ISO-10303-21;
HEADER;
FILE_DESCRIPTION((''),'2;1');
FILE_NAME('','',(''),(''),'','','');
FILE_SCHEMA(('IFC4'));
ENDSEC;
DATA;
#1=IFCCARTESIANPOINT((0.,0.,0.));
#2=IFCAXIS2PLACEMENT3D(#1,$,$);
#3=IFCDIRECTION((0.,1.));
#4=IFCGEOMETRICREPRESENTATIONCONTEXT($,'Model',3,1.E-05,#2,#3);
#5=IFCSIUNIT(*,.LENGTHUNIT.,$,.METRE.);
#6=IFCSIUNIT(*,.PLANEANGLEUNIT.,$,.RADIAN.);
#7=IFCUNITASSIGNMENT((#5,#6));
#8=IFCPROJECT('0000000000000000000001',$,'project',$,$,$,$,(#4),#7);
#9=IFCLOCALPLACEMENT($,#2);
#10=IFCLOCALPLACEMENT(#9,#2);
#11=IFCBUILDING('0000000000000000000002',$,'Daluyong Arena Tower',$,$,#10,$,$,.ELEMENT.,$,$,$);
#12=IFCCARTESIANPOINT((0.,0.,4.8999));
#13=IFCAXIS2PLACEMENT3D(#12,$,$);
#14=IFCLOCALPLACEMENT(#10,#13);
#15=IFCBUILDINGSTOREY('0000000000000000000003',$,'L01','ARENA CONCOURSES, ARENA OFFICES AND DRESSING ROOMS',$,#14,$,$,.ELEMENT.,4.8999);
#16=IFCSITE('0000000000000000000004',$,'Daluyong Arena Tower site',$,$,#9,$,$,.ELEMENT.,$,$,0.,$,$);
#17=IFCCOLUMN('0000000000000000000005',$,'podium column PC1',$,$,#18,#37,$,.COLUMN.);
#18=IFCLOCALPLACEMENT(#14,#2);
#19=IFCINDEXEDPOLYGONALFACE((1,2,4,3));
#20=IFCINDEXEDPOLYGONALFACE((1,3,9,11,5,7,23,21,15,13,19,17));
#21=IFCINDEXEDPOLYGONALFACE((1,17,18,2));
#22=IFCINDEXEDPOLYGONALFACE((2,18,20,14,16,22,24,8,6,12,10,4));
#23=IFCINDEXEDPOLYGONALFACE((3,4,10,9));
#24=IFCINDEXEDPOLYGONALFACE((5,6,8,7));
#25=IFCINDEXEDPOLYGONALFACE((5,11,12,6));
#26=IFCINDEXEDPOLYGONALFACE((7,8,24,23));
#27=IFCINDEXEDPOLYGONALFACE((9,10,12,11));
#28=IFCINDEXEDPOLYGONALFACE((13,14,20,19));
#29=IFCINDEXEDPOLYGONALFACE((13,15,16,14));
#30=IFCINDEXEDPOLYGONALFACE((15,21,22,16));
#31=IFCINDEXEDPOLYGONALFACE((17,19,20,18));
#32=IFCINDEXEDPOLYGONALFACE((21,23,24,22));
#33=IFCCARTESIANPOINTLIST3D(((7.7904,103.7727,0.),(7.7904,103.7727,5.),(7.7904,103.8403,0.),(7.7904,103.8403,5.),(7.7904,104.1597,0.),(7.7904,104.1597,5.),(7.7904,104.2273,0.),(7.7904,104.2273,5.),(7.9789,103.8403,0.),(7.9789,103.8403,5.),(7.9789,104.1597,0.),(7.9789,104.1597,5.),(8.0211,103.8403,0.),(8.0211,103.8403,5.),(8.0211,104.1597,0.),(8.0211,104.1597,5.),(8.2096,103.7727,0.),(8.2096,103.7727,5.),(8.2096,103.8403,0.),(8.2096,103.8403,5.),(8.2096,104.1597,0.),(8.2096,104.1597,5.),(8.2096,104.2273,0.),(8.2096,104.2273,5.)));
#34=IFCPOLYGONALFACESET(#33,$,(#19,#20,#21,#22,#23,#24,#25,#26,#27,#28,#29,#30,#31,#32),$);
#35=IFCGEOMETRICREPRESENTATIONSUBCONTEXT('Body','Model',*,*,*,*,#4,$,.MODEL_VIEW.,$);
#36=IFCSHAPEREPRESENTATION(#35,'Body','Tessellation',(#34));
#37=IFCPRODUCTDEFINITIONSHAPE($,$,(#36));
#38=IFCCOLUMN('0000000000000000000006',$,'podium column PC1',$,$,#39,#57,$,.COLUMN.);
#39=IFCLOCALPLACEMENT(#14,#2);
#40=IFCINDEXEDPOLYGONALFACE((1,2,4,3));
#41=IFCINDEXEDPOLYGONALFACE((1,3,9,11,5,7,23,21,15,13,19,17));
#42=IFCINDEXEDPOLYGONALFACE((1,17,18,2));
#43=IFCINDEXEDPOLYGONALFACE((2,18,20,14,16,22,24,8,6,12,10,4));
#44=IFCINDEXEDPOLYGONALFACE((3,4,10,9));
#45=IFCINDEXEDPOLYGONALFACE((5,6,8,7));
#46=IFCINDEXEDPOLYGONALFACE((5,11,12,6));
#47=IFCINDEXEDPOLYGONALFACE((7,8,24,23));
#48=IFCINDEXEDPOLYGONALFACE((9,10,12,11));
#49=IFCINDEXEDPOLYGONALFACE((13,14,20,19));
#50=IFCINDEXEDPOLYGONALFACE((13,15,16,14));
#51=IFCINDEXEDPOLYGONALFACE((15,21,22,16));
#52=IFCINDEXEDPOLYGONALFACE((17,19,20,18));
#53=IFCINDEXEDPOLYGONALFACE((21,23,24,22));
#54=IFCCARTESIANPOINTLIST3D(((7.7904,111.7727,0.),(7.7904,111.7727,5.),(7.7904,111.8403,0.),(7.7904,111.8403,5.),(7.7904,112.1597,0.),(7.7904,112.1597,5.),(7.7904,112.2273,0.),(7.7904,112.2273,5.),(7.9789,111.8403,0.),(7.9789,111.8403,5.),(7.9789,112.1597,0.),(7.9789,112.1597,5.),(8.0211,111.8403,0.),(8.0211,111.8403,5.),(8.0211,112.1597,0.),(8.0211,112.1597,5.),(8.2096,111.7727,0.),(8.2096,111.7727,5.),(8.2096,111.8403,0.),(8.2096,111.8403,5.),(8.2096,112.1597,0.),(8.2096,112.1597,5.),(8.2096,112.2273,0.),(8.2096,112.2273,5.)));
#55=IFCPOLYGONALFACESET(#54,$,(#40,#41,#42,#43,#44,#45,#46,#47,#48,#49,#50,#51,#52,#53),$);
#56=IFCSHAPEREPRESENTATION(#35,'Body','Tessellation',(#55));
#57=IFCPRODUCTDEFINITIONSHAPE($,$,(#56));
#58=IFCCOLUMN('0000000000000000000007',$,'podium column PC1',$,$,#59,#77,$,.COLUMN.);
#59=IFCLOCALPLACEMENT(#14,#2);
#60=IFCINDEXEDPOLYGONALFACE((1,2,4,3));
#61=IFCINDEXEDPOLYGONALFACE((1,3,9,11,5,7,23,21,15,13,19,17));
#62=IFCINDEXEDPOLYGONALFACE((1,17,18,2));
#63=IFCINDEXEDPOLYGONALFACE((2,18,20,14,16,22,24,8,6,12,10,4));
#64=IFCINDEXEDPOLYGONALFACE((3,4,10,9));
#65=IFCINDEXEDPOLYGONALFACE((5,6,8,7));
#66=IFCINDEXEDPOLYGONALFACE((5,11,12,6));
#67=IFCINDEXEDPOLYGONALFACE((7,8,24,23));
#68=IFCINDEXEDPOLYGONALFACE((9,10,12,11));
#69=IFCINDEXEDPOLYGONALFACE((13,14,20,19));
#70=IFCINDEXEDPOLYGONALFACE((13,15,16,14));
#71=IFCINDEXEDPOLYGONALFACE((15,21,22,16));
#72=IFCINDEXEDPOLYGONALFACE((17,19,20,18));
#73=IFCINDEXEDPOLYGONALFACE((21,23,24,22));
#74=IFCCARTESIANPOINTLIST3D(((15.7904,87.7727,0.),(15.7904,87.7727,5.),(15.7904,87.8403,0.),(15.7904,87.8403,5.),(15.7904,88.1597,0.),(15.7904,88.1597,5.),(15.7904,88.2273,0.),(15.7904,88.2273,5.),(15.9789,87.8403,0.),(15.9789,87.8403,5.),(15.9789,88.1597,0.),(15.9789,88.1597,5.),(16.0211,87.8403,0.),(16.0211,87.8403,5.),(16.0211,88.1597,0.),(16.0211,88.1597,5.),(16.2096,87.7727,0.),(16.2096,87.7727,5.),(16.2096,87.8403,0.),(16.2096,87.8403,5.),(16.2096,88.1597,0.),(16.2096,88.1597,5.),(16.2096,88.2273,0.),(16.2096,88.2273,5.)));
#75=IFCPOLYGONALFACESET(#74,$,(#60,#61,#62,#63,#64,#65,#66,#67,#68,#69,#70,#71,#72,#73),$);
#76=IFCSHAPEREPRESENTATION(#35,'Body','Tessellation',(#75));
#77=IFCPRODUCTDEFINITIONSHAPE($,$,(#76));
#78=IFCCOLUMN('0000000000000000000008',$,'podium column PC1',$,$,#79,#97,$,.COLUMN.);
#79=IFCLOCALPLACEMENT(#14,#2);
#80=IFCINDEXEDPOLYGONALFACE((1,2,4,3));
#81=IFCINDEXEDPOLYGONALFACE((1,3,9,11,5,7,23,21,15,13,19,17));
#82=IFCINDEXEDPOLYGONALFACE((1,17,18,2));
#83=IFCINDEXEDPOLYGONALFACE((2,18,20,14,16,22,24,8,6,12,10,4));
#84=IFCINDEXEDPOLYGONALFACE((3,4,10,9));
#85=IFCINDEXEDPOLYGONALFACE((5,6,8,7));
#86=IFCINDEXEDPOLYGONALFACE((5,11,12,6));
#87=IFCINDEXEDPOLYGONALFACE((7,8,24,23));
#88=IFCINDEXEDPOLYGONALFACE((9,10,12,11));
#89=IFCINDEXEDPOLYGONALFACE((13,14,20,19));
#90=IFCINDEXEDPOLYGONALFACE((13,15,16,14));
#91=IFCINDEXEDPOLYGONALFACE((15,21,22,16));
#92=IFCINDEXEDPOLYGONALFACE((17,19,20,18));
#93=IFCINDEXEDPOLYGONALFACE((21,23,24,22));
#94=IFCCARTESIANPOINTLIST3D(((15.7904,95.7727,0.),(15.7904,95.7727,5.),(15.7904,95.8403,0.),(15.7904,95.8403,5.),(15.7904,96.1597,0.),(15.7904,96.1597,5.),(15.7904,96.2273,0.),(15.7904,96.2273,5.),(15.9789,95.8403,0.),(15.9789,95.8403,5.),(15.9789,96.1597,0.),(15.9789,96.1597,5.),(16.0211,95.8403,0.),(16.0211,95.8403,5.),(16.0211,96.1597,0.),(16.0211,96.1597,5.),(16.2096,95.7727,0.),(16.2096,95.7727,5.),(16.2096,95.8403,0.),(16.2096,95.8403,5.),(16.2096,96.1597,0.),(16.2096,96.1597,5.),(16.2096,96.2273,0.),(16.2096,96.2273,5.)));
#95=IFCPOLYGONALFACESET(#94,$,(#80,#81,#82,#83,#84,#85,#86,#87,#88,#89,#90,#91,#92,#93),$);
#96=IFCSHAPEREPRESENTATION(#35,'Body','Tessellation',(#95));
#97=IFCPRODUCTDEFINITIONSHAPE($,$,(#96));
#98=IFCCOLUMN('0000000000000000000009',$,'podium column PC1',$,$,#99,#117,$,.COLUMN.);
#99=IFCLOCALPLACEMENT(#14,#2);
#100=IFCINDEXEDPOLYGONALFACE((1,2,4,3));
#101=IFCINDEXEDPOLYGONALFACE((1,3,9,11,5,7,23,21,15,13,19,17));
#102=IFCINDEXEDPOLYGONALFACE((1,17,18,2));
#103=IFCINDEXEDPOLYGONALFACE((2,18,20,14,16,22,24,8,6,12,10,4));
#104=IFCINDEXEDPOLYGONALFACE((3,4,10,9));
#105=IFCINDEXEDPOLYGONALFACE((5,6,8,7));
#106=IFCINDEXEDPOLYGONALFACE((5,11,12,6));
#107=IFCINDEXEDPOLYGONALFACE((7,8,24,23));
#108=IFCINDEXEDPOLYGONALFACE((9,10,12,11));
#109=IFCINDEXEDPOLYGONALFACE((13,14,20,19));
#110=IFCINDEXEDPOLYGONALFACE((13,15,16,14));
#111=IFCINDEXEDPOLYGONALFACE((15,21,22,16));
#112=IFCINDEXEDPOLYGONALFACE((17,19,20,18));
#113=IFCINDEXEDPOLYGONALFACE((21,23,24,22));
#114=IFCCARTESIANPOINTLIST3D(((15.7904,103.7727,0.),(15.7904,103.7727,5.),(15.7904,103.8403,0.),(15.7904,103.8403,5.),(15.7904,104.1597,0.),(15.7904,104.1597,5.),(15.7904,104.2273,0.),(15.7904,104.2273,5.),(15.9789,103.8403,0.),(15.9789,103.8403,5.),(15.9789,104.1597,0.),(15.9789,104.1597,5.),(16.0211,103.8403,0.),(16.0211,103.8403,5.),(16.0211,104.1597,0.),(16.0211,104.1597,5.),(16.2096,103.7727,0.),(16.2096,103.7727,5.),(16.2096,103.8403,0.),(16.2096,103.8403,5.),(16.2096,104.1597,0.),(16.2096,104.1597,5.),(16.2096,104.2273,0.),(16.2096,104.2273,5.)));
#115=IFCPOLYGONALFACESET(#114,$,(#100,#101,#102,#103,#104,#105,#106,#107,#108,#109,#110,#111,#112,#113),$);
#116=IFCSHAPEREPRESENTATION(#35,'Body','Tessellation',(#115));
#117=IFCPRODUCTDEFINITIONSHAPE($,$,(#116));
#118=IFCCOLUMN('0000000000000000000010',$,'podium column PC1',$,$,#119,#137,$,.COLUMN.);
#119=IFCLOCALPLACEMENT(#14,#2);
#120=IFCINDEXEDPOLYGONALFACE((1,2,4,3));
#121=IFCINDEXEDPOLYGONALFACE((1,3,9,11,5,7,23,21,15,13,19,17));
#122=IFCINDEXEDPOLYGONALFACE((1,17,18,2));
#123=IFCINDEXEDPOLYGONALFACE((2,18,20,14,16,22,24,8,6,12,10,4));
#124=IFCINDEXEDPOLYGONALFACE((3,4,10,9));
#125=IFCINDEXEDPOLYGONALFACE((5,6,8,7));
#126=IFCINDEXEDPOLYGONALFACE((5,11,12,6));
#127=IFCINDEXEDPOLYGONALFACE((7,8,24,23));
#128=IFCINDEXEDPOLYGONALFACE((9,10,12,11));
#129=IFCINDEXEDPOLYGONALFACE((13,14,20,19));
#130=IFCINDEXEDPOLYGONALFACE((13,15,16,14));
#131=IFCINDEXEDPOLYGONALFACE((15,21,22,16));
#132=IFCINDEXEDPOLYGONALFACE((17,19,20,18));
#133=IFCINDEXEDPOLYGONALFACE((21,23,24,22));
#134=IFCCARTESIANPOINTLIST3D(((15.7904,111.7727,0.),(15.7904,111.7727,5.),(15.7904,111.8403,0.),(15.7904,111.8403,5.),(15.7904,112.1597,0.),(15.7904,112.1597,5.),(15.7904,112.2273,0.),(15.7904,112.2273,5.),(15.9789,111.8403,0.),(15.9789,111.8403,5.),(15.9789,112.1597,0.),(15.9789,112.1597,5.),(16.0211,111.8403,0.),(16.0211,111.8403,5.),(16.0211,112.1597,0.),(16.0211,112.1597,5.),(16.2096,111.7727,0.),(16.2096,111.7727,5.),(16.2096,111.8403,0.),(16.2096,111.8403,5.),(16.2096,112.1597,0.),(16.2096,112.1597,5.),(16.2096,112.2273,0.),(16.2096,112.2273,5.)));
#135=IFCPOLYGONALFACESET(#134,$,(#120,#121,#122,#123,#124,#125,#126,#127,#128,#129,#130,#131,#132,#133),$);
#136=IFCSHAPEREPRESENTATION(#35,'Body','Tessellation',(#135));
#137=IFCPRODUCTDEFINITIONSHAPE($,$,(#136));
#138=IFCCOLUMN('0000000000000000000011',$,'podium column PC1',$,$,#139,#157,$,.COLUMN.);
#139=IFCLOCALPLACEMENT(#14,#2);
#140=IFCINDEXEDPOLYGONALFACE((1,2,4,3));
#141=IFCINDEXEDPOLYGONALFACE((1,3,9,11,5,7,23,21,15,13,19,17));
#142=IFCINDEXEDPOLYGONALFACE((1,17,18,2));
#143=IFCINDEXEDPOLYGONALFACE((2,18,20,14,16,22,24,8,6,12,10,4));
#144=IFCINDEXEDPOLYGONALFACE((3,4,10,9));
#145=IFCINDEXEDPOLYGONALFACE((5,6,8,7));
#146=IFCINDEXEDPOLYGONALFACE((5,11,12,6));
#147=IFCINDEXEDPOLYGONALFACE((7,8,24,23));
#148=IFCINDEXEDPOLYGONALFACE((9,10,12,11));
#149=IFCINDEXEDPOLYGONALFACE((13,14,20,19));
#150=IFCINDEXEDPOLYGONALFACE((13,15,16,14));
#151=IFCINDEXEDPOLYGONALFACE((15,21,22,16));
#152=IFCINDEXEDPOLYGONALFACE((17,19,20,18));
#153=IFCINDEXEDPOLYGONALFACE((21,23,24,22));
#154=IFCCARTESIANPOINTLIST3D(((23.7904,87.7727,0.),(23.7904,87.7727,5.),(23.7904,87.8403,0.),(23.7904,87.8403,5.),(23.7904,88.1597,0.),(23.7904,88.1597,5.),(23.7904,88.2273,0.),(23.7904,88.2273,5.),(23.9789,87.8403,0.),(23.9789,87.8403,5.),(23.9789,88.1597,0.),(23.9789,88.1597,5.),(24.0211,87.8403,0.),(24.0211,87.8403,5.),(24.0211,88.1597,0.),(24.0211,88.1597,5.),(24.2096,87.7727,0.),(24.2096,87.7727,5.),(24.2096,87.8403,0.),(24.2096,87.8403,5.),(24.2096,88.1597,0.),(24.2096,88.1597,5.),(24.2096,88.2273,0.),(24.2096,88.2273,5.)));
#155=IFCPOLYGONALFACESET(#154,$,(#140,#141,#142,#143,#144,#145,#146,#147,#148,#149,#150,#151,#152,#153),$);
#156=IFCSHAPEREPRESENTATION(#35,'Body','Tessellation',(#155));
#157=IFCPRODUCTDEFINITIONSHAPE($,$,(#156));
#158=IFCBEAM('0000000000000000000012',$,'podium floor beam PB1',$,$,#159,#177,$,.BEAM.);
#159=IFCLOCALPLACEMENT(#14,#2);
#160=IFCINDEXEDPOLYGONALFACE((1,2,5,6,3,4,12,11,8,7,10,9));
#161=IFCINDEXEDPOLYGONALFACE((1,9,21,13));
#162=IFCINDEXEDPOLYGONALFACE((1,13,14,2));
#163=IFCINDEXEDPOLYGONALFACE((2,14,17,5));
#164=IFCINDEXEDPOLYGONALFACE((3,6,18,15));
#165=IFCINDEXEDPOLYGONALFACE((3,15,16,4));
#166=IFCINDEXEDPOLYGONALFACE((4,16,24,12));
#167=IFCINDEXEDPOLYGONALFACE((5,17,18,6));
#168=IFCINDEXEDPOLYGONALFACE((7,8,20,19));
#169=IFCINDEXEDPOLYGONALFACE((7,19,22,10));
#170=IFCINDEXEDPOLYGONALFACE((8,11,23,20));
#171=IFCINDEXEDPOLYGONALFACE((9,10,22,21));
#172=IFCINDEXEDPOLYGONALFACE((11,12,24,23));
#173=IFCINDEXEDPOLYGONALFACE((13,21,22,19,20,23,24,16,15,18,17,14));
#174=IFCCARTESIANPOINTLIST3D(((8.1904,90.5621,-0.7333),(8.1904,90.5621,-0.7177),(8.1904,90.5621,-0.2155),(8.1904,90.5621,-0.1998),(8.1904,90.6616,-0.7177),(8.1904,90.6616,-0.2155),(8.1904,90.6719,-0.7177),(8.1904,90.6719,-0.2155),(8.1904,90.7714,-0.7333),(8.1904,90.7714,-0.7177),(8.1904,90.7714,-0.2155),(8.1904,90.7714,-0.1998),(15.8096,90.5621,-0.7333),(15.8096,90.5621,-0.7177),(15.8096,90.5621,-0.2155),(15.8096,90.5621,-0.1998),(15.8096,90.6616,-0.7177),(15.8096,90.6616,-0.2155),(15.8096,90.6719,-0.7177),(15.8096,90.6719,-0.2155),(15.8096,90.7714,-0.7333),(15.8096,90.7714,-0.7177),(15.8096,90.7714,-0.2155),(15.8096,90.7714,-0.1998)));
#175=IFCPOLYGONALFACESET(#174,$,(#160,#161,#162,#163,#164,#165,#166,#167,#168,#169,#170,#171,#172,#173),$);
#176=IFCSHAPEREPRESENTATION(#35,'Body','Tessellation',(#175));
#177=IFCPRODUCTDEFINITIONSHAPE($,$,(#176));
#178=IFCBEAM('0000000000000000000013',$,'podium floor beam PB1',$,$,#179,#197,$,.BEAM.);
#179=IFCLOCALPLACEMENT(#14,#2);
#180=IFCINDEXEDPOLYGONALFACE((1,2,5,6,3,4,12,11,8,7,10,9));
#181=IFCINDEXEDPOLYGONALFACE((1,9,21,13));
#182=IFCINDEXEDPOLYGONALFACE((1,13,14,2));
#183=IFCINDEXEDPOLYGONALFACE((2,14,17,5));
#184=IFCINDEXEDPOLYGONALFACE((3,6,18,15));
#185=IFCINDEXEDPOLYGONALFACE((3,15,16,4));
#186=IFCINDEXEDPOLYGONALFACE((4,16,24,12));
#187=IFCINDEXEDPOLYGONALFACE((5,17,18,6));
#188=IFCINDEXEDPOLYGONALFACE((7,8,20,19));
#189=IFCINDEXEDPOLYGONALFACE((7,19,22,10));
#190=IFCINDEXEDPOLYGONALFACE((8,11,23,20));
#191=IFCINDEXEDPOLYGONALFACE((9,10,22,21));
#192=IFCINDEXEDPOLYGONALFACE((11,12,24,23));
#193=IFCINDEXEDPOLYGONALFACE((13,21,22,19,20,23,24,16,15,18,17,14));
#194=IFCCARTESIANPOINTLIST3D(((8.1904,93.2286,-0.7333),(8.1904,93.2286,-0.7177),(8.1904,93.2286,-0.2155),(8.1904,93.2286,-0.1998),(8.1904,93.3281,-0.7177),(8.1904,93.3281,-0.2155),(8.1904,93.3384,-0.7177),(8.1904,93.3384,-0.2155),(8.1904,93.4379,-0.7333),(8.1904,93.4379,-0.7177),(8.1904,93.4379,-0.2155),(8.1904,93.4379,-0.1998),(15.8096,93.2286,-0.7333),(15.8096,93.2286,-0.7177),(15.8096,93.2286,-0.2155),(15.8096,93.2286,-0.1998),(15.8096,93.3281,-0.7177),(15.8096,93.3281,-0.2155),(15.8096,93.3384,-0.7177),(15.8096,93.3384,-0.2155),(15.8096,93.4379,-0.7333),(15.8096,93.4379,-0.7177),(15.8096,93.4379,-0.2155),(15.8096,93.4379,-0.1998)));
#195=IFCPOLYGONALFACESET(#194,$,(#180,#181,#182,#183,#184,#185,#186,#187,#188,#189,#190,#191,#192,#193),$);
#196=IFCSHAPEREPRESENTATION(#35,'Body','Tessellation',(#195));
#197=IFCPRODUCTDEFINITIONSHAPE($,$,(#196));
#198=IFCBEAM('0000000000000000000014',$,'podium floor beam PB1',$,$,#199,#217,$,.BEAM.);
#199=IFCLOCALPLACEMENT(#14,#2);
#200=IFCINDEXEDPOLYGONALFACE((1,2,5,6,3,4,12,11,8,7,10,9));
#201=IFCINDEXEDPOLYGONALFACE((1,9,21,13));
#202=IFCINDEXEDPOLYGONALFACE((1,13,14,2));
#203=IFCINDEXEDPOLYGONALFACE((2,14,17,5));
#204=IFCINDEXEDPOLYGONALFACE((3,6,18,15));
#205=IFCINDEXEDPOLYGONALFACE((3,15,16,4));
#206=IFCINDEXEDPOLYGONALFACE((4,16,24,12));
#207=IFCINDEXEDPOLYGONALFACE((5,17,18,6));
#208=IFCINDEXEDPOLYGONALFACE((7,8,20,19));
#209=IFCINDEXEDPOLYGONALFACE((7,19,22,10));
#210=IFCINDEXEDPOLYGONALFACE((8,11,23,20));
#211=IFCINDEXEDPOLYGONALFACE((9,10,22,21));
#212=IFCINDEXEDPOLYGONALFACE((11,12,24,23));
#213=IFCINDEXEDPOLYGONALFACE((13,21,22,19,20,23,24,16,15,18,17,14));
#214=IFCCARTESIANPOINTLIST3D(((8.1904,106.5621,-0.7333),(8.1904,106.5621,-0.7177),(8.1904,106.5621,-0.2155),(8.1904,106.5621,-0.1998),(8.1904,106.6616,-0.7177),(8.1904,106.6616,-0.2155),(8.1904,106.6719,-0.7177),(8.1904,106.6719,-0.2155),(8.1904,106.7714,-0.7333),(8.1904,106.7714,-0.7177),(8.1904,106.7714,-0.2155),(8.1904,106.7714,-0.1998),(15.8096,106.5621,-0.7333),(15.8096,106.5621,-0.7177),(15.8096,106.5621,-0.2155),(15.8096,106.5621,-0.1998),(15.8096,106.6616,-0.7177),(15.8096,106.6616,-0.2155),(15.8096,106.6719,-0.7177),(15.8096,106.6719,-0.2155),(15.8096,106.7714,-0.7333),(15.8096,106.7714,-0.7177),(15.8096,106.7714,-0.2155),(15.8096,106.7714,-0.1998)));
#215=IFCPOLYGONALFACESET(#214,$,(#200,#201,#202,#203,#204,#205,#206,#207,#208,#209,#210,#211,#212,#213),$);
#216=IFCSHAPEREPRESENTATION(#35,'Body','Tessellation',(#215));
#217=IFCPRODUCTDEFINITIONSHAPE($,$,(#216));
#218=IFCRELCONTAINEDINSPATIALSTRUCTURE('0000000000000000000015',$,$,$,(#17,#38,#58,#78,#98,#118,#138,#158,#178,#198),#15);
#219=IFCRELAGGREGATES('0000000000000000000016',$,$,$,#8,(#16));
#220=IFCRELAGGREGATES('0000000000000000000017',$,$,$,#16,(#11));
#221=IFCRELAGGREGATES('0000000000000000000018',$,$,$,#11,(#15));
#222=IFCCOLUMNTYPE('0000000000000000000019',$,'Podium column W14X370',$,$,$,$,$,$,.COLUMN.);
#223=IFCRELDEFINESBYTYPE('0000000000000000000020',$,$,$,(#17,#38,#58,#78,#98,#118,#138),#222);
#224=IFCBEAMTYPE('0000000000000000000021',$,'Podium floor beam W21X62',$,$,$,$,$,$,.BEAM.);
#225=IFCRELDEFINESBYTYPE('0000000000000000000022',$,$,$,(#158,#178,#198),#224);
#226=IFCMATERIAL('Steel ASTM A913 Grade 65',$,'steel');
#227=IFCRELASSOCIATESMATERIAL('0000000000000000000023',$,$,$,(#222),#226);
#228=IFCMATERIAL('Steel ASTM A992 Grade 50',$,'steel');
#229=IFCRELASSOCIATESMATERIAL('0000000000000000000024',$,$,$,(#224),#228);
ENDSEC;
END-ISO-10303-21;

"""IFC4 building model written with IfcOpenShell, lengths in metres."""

from ifc_helpers import new_model, si_unit, direction, frame, origin, origin_2d, place, context, subcontext, project, spatial, i_section, extrude, material, material_profile, profile_set, type_object, element, save


model = new_model("IFC4")

# Units and contexts
model_context = context("Model", 3, precision=1e-05, world=origin(), true_north=direction((0.0, 1.0)))
body_context = subcontext(model_context, "Body", "Model", "MODEL_VIEW")
ifc_project = project(units=[si_unit("LENGTHUNIT", "METRE"), si_unit("PLANEANGLEUNIT", "RADIAN")], contexts=[model_context])

# Site, building, storey
site_placement = place(None, origin())
site = spatial("IfcSite", under=ifc_project, at=site_placement, Name="Daluyong Arena Tower site", CompositionType="ELEMENT", RefElevation=0.0)
building_placement = place(site_placement, origin())
building = spatial("IfcBuilding", under=site, at=building_placement, Name="Daluyong Arena Tower", CompositionType="ELEMENT")
storey_placement = place(building_placement, frame((0.0, 0.0, 4.8999)))
storey = spatial("IfcBuildingStorey", under=building, at=storey_placement, Name="L01", Description="ARENA CONCOURSES, ARENA OFFICES AND DRESSING ROOMS", CompositionType="ELEMENT", Elevation=4.8999)

# Columns
ifc_material_1 = material(Name="Steel ASTM A913 Grade 65", Category="steel")
ifc_material_profile_1 = material_profile(ifc_material_1, i_section(OverallWidth=0.4192, OverallDepth=0.4546, WebThickness=0.0422, FlangeThickness=0.0676, at=origin_2d()))
ifc_profile_set_1 = profile_set([ifc_material_profile_1], Name="Steel ASTM A913 Grade 65")
column_type = type_object("IfcColumnType", Name="Podium column W14X370", PredefinedType="COLUMN", material=ifc_profile_set_1)
for number, where, z_axis, x_axis, name in (
    (1, (8.0, 104.0, 0.0), (0.0, 0.0, 1.0), (1.0, 0.0, 0.0), "podium column PC1"),
    (2, (8.0, 112.0, 0.0), (0.0, 0.0, 1.0), (1.0, 0.0, 0.0), "podium column PC1"),
    (3, (16.0, 88.0, 0.0), (0.0, 0.0, 1.0), (1.0, 0.0, 0.0), "podium column PC1"),
    (4, (16.0, 96.0, 0.0), (0.0, 0.0, 1.0), (1.0, 0.0, 0.0), "podium column PC1"),
    (5, (16.0, 104.0, 0.0), (0.0, 0.0, 1.0), (1.0, 0.0, 0.0), "podium column PC1"),
    (6, (16.0, 112.0, 0.0), (0.0, 0.0, 1.0), (1.0, 0.0, 0.0), "podium column PC1"),
    (7, (24.0, 88.0, 0.0), (0.0, 0.0, 1.0), (1.0, 0.0, 0.0), "podium column PC1"),
):
    element("IfcColumn", number, at=place(storey_placement, frame(where, z_axis=z_axis, x_axis=x_axis)), inside=storey, type_object=column_type, Name=name, PredefinedType="COLUMN", context=body_context, shape_type="SweptSolid", body=[
        extrude(i_section(OverallWidth=0.4192, OverallDepth=0.4546, WebThickness=0.0422, FlangeThickness=0.0676, at=origin_2d()), origin(), (0.0, 0.0, 1.0), 5.0),
    ])

# Beams
ifc_material_2 = material(Name="Steel ASTM A992 Grade 50", Category="steel")
ifc_material_profile_2 = material_profile(ifc_material_2, i_section(OverallWidth=0.2092, OverallDepth=0.5334, WebThickness=0.0103, FlangeThickness=0.0156, at=origin_2d()))
ifc_profile_set_2 = profile_set([ifc_material_profile_2], Name="Steel ASTM A992 Grade 50")
beam_type_1 = type_object("IfcBeamType", Name="Podium floor beam W21X62", PredefinedType="BEAM", material=ifc_profile_set_2)
for number, where, z_axis, x_axis, name in (
    (8, (8.1904, 90.6667, -0.4666), (1.0, 0.0, 0.0), (0.0, 1.0, 0.0), "podium floor beam PB1"),
    (9, (8.1904, 93.3333, -0.4666), (1.0, 0.0, 0.0), (0.0, 1.0, 0.0), "podium floor beam PB1"),
    (10, (8.1904, 106.6667, -0.4666), (1.0, 0.0, 0.0), (0.0, 1.0, 0.0), "podium floor beam PB1"),
):
    element("IfcBeam", number, at=place(storey_placement, frame(where, z_axis=z_axis, x_axis=x_axis)), inside=storey, type_object=beam_type_1, Name=name, PredefinedType="BEAM", context=body_context, shape_type="SweptSolid", body=[
        extrude(i_section(OverallWidth=0.2092, OverallDepth=0.5334, WebThickness=0.0103, FlangeThickness=0.0156, at=origin_2d()), origin(), (0.0, 0.0, 1.0), 7.6191),
    ])

save(model, "model.ifc")
